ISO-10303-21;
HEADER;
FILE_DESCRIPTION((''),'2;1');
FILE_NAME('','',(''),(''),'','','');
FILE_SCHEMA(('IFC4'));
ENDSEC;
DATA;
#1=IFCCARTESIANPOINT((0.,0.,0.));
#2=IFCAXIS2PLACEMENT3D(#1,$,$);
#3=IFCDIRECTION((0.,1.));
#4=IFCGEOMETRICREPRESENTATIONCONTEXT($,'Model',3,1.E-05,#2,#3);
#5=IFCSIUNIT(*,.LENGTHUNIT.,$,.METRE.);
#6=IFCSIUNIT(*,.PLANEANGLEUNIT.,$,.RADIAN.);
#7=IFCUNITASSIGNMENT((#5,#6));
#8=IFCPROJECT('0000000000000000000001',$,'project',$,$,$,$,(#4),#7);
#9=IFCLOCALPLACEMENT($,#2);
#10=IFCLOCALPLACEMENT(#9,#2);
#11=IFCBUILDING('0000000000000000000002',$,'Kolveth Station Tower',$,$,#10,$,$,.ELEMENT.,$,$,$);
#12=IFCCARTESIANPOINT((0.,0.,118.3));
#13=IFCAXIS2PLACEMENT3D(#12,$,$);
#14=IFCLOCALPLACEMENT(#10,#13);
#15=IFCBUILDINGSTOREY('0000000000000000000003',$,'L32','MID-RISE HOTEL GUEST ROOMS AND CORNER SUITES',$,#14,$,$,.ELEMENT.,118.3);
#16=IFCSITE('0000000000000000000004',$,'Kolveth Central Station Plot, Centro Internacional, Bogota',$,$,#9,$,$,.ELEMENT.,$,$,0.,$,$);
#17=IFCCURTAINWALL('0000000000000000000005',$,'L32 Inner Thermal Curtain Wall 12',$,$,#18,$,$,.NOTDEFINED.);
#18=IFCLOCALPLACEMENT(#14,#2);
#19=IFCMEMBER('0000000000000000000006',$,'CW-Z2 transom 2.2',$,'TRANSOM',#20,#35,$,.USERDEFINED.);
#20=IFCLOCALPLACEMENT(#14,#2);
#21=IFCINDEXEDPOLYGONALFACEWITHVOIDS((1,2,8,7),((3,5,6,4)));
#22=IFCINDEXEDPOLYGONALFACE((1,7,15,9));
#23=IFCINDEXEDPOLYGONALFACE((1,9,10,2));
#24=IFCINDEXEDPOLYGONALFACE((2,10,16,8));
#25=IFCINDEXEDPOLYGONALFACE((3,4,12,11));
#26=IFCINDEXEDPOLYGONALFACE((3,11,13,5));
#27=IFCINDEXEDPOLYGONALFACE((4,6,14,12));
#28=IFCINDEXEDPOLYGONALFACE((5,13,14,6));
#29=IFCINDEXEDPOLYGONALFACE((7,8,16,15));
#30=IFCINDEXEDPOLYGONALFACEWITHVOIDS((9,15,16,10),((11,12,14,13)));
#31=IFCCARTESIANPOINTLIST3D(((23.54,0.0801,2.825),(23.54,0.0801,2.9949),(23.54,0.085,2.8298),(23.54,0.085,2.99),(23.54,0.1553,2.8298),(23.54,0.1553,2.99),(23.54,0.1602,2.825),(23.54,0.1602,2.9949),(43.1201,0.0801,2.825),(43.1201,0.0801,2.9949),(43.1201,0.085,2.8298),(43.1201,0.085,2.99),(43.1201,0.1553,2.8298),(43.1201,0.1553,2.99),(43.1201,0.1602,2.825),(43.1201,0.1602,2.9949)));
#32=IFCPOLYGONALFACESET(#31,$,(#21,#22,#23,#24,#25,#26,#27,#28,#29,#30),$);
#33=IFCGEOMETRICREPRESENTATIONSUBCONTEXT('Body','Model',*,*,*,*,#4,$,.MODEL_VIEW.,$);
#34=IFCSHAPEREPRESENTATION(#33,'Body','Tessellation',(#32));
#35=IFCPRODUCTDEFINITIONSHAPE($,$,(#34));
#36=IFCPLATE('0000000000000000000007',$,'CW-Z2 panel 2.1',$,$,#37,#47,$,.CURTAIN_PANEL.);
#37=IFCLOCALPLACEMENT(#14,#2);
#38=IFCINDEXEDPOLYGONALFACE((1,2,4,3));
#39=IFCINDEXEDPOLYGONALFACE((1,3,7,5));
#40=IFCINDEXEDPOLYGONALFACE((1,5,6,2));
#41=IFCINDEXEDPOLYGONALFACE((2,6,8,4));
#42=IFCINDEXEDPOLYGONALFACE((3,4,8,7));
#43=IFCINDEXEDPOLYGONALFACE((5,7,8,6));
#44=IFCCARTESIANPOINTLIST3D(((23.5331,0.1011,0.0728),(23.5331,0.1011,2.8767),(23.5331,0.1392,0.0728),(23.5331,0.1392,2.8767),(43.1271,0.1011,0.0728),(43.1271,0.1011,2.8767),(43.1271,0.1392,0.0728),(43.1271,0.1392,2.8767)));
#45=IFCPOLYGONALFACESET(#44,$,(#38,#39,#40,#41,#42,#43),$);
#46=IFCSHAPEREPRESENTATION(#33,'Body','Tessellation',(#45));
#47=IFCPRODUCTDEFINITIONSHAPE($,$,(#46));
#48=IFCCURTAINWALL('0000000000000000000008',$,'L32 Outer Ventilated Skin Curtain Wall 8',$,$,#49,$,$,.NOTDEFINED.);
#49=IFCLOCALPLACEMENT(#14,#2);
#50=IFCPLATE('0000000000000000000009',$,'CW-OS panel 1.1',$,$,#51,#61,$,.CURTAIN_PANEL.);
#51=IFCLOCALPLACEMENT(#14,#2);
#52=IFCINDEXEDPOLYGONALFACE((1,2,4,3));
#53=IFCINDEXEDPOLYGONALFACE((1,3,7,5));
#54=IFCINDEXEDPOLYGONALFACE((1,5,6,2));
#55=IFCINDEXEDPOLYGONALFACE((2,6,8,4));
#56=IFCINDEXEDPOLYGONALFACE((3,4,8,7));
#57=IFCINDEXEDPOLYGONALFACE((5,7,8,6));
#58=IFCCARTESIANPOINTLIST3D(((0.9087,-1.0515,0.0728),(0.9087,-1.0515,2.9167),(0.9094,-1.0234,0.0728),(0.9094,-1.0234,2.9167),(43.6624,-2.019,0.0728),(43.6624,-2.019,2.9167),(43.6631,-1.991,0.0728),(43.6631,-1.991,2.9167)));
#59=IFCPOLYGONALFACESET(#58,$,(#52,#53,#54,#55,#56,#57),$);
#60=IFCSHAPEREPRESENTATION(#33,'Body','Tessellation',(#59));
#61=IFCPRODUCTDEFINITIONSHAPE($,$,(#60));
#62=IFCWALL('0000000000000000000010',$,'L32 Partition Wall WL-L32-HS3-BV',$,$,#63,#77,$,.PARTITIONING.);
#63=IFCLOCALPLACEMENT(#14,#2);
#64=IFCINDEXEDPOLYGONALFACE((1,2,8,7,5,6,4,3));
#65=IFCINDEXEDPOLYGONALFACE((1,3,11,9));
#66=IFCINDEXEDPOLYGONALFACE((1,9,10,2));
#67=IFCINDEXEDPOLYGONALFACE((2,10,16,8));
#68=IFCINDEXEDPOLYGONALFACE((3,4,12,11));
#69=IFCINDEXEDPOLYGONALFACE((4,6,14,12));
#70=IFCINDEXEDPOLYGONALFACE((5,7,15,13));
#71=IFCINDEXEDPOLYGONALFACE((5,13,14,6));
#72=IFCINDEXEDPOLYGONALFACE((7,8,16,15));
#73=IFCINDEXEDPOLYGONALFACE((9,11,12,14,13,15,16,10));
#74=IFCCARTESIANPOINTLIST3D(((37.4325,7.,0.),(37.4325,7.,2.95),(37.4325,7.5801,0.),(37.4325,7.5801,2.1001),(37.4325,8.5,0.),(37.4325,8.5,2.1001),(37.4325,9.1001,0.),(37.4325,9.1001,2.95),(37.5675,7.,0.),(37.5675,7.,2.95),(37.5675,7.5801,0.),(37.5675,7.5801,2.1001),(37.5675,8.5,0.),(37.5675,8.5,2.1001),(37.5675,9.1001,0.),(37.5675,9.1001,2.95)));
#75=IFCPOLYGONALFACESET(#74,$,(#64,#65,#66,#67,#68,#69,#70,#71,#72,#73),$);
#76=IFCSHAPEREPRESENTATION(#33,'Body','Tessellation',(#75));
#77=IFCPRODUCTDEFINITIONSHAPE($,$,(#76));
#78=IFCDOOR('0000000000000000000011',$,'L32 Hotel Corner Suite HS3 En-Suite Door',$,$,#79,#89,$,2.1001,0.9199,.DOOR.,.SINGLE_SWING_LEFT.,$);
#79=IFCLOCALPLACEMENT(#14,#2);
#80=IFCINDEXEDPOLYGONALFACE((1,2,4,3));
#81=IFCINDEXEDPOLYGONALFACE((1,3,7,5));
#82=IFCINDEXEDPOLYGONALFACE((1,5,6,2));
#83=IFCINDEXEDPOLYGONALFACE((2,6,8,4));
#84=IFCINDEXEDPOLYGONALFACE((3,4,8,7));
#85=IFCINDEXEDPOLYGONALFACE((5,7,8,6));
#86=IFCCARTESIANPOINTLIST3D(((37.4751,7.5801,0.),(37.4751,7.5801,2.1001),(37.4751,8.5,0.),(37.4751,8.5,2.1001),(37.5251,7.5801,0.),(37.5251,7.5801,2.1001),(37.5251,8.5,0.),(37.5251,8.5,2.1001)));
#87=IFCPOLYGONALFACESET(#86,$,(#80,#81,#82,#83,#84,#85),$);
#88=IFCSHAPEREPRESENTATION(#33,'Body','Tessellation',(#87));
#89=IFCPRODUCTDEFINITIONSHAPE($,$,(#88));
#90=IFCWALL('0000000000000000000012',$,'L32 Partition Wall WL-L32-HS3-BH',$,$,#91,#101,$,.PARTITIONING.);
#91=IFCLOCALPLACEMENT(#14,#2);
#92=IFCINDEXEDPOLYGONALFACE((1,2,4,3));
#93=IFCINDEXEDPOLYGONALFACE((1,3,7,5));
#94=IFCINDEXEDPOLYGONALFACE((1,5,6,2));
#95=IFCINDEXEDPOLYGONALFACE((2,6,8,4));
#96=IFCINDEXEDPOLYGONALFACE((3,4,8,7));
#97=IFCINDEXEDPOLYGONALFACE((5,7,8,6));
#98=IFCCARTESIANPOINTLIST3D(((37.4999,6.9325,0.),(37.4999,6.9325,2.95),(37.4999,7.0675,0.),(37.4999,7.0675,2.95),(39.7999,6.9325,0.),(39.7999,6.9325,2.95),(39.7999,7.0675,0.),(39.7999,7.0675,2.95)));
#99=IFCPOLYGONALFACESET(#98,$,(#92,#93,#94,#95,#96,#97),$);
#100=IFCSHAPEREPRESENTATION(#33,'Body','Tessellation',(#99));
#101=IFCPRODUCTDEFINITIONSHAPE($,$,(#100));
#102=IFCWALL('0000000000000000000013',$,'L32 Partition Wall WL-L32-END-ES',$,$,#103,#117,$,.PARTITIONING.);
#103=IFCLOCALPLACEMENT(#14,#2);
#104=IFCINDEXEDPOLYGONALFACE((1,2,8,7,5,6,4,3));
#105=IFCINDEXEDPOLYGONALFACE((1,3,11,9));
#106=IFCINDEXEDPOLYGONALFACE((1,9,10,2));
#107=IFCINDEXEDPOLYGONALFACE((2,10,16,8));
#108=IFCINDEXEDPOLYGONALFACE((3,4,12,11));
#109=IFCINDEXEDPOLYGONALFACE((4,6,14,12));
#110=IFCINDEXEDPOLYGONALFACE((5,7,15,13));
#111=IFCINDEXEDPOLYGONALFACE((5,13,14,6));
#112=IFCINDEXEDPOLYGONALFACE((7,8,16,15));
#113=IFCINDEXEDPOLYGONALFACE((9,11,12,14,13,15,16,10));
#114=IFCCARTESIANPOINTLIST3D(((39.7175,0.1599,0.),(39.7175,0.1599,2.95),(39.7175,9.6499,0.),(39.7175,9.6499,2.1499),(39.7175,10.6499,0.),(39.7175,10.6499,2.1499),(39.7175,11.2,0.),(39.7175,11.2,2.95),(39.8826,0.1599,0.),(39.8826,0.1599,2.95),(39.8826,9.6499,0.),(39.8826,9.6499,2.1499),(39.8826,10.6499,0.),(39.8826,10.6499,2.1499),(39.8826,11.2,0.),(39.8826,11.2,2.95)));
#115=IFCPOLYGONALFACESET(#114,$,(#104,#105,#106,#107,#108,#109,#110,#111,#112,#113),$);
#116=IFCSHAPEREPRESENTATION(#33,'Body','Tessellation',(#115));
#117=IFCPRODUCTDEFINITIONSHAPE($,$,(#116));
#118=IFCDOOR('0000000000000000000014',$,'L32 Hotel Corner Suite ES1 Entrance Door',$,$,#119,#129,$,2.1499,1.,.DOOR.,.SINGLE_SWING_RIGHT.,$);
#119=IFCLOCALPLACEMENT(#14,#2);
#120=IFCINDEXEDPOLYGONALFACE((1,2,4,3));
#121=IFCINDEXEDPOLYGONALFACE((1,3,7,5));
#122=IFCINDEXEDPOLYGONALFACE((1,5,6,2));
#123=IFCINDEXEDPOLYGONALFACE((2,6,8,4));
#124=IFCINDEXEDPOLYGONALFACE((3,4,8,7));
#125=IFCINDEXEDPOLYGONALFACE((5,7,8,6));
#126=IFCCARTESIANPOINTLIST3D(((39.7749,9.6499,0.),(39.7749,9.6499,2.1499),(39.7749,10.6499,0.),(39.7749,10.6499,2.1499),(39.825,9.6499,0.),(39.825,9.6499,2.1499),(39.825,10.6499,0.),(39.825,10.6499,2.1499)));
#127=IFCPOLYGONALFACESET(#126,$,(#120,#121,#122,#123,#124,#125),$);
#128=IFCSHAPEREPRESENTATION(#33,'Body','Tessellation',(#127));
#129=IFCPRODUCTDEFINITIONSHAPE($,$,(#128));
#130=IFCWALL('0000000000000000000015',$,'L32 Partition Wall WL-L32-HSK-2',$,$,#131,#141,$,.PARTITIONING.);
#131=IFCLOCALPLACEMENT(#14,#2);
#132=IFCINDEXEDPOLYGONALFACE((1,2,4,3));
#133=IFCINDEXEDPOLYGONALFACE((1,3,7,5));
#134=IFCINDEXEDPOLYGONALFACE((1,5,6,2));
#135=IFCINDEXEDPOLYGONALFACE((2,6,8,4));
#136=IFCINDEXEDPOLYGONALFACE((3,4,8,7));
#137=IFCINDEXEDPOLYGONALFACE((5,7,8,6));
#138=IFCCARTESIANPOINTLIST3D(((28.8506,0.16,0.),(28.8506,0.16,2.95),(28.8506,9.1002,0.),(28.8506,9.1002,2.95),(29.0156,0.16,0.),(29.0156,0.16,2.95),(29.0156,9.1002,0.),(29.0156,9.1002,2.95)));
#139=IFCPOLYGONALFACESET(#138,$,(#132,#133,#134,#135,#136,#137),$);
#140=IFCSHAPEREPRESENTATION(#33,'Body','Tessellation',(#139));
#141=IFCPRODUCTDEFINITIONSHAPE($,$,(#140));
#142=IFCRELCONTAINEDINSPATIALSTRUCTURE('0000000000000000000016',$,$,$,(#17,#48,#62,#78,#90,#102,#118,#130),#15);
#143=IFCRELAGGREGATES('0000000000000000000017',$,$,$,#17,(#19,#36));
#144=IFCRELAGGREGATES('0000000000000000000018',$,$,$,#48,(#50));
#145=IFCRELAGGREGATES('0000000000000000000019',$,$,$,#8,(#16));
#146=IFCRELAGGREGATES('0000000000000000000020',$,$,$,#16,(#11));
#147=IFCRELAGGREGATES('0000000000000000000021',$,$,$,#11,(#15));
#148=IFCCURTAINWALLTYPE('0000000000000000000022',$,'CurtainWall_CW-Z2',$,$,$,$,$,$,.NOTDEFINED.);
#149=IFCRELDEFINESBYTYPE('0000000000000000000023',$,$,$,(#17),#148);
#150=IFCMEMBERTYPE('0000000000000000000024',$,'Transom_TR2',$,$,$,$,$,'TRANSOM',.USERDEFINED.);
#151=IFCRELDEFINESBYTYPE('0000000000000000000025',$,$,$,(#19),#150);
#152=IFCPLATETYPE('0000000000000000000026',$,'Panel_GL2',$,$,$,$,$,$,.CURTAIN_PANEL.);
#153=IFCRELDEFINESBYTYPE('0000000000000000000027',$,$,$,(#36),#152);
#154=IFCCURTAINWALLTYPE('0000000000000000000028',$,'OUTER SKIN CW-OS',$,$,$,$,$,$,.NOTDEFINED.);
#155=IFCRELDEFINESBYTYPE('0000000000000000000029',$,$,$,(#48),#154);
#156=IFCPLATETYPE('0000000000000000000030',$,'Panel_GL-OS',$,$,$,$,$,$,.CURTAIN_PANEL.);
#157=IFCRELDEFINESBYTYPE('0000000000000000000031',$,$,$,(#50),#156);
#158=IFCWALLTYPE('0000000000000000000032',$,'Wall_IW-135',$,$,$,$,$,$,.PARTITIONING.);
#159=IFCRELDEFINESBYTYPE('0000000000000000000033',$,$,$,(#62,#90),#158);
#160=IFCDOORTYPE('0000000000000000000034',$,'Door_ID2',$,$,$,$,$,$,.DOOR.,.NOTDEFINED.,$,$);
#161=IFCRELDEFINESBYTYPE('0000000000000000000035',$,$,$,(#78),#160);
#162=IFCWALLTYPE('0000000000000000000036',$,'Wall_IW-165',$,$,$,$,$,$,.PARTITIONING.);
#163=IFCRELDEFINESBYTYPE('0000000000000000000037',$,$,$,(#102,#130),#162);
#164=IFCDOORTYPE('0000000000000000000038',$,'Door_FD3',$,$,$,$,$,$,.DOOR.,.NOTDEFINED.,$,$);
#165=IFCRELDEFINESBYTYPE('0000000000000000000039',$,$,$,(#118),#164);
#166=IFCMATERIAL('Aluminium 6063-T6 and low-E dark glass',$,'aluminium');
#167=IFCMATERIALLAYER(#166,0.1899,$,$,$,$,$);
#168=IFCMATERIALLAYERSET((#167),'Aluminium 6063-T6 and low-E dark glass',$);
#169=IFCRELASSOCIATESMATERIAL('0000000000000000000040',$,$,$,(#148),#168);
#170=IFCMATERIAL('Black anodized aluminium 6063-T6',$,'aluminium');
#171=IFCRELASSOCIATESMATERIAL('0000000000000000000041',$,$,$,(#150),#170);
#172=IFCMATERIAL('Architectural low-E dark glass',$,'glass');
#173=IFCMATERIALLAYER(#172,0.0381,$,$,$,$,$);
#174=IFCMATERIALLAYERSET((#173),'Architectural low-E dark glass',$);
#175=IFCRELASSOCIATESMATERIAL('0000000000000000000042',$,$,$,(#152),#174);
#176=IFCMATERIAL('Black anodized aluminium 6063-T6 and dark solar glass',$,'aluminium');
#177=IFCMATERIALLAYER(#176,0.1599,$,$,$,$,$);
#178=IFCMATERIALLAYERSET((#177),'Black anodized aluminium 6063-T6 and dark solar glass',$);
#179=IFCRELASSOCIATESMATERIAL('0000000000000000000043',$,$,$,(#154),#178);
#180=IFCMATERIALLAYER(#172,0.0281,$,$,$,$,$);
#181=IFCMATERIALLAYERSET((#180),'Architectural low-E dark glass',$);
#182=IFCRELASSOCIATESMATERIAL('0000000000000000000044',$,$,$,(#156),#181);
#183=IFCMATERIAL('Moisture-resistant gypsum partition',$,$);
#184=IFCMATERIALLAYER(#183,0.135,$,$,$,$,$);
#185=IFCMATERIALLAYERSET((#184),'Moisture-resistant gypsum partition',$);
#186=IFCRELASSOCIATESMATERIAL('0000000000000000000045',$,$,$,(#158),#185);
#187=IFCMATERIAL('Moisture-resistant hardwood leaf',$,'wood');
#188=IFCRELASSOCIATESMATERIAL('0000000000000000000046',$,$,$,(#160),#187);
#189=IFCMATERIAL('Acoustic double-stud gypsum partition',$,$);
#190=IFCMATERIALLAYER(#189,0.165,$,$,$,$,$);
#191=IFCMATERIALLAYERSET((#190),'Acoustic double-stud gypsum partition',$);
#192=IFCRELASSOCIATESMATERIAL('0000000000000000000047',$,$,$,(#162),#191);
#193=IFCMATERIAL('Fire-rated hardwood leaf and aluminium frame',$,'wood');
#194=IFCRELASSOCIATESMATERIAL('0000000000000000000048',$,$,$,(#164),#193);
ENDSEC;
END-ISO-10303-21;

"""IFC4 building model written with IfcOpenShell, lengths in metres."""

from ifc_helpers import new_model, si_unit, direction, frame, frame_2d, origin, origin_2d, place, context, subcontext, project, spatial, rectangle, hollow_rectangle, extrude, source, transform, mapped, material, layer, layer_set, material_profile, profile_set, type_object, element, fill, aggregate, save


model = new_model("IFC4")

# Units and contexts
model_context = context("Model", 3, precision=1e-05, world=origin(), true_north=direction((0.0, 1.0)))
body_context = subcontext(model_context, "Body", "Model", "MODEL_VIEW")
ifc_project = project(units=[si_unit("LENGTHUNIT", "METRE"), si_unit("PLANEANGLEUNIT", "RADIAN")], contexts=[model_context])

# Site, building, storey
site_placement = place(None, origin())
site = spatial("IfcSite", under=ifc_project, at=site_placement, Name="Kolveth Central Station Plot, Centro Internacional, Bogota", CompositionType="ELEMENT", RefElevation=0.0)
building_placement = place(site_placement, origin())
building = spatial("IfcBuilding", under=site, at=building_placement, Name="Kolveth Station Tower", CompositionType="ELEMENT")
storey_placement = place(building_placement, frame((0.0, 0.0, 118.3)))
storey = spatial("IfcBuildingStorey", under=building, at=storey_placement, Name="L32", Description="MID-RISE HOTEL GUEST ROOMS AND CORNER SUITES", CompositionType="ELEMENT", Elevation=118.3)

# Curtain wall, member, plate
ifc_material_1 = material(Name="Aluminium 6063-T6 and low-E dark glass", Category="aluminium")
ifc_layer_1 = layer(ifc_material_1, 0.1899)
ifc_layer_set_1 = layer_set([ifc_layer_1], Name="Aluminium 6063-T6 and low-E dark glass")
curtain_wall_type_1 = type_object("IfcCurtainWallType", Name="CurtainWall_CW-Z2", PredefinedType="NOTDEFINED", material=ifc_layer_set_1)
curtain_wall_1_placement = place(storey_placement, origin())
curtain_wall_1 = element("IfcCurtainWall", 1, at=curtain_wall_1_placement, inside=storey, type_object=curtain_wall_type_1, Name="L32 Inner Thermal Curtain Wall 12", PredefinedType="NOTDEFINED")
ifc_material_2 = material(Name="Black anodized aluminium 6063-T6", Category="aluminium")
ifc_material_profile_1 = material_profile(ifc_material_2, hollow_rectangle(XDim=0.0801, YDim=0.1699, WallThickness=0.0049, at=origin_2d()), Name="ALU-80x170x5")
ifc_profile_set_1 = profile_set([ifc_material_profile_1], Name="Black anodized aluminium 6063-T6")
member_type_1 = type_object("IfcMemberType", Name="Transom_TR2", ElementType="TRANSOM", PredefinedType="USERDEFINED", material=ifc_profile_set_1)
shared_shape_1 = source(origin(), body_context, "Body", "SweptSolid", [
    extrude(hollow_rectangle(XDim=0.0801, YDim=0.1699, WallThickness=0.0049, at=origin_2d()), origin(), (0.0, 0.0, 1.0), 19.5801),
])
member_1_placement = place(storey_placement, frame((23.54, 0.1201, 2.9099), z_axis=(1.0, 0.0, 0.0), x_axis=(0.0, 1.0, 0.0)))
member_1 = element("IfcMember", 2, at=member_1_placement, type_object=member_type_1, Name="CW-Z2 transom 2.2", ObjectType="TRANSOM", PredefinedType="USERDEFINED", context=body_context, shape_type="MappedRepresentation", body=[
    mapped(shared_shape_1, transform((0.0, 0.0, 0.0), x_axis=(1.0, 0.0, 0.0), y_axis=(0.0, 1.0, 0.0), z_axis=(0.0, 0.0, 1.0), scale=1.0)),
])
ifc_material_3 = material(Name="Architectural low-E dark glass", Category="glass")
ifc_layer_2 = layer(ifc_material_3, 0.0381)
ifc_layer_set_2 = layer_set([ifc_layer_2], Name="Architectural low-E dark glass")
plate_type_1 = type_object("IfcPlateType", Name="Panel_GL2", PredefinedType="CURTAIN_PANEL", material=ifc_layer_set_2)
shared_shape_2 = source(origin(), body_context, "Body", "SweptSolid", [
    extrude(rectangle(XDim=19.594, YDim=0.0381, at=origin_2d()), origin(), (0.0, 0.0, 1.0), 2.804),
])
plate_1_placement = place(storey_placement, frame((33.3301, 0.1201, 0.0728), z_axis=(0.0, 0.0, 1.0), x_axis=(1.0, 0.0, 0.0)))
plate_1 = element("IfcPlate", 3, at=plate_1_placement, type_object=plate_type_1, Name="CW-Z2 panel 2.1", PredefinedType="CURTAIN_PANEL", context=body_context, shape_type="MappedRepresentation", body=[
    mapped(shared_shape_2, transform((0.0, 0.0, 0.0), x_axis=(1.0, 0.0, 0.0), y_axis=(0.0, 1.0, 0.0), z_axis=(0.0, 0.0, 1.0), scale=1.0)),
])
aggregate(curtain_wall_1, [member_1, plate_1])

# Curtain wall, plate
ifc_material_4 = material(Name="Black anodized aluminium 6063-T6 and dark solar glass", Category="aluminium")
ifc_layer_3 = layer(ifc_material_4, 0.1599)
ifc_layer_set_3 = layer_set([ifc_layer_3], Name="Black anodized aluminium 6063-T6 and dark solar glass")
curtain_wall_type_2 = type_object("IfcCurtainWallType", Name="OUTER SKIN CW-OS", PredefinedType="NOTDEFINED", material=ifc_layer_set_3)
curtain_wall_2_placement = place(storey_placement, origin())
curtain_wall_2 = element("IfcCurtainWall", 4, at=curtain_wall_2_placement, inside=storey, type_object=curtain_wall_type_2, Name="L32 Outer Ventilated Skin Curtain Wall 8", PredefinedType="NOTDEFINED")
ifc_layer_4 = layer(ifc_material_3, 0.0281)
ifc_layer_set_4 = layer_set([ifc_layer_4], Name="Architectural low-E dark glass")
plate_type_2 = type_object("IfcPlateType", Name="Panel_GL-OS", PredefinedType="CURTAIN_PANEL", material=ifc_layer_set_4)
shared_shape_3 = source(origin(), body_context, "Body", "SweptSolid", [
    extrude(rectangle(XDim=42.7646, YDim=0.0281, at=origin_2d()), origin(), (0.0, 0.0, 1.0), 2.844),
])
plate_2_placement = place(storey_placement, frame((22.2859, -1.5212, 0.0728), z_axis=(0.0, 0.0, 1.0), x_axis=(0.999744, -0.022625, 0.0)))
plate_2 = element("IfcPlate", 5, at=plate_2_placement, type_object=plate_type_2, Name="CW-OS panel 1.1", PredefinedType="CURTAIN_PANEL", context=body_context, shape_type="MappedRepresentation", body=[
    mapped(shared_shape_3, transform((0.0, 0.0, 0.0), x_axis=(1.0, 0.0, 0.0), y_axis=(0.0, 1.0, 0.0), z_axis=(0.0, 0.0, 1.0), scale=1.0)),
])
aggregate(curtain_wall_2, [plate_2])

# Wall, opening, door
ifc_material_5 = material(Name="Moisture-resistant gypsum partition")
ifc_layer_5 = layer(ifc_material_5, 0.135)
ifc_layer_set_5 = layer_set([ifc_layer_5], Name="Moisture-resistant gypsum partition")
wall_type_1 = type_object("IfcWallType", Name="Wall_IW-135", PredefinedType="PARTITIONING", material=ifc_layer_set_5)
wall_1_placement = place(storey_placement, frame((37.5, 7.0, 0.0), z_axis=(0.0, 0.0, 1.0), x_axis=(0.0, 1.0, 0.0)))
wall_1 = element("IfcWall", 6, at=wall_1_placement, inside=storey, type_object=wall_type_1, Name="L32 Partition Wall WL-L32-HS3-BV", PredefinedType="PARTITIONING", context=body_context, shape_type="SweptSolid", body=[
    extrude(rectangle(XDim=2.1001, YDim=0.135, at=frame_2d((1.05, 0.0))), origin(), (0.0, 0.0, 1.0), 2.95),
])
opening_1_placement = place(wall_1_placement, frame((0.5801, 0.0, 0.0)))
opening_1 = element("IfcOpeningElement", 7, at=opening_1_placement, cuts=wall_1, PredefinedType="OPENING", context=body_context, shape_type="SweptSolid", body=[
    extrude(rectangle(XDim=0.9199, YDim=2.1001, at=frame_2d((0.46, 1.05))), frame((0.0, 0.0774, 0.0), z_axis=(0.0, -1.0, 0.0), x_axis=(1.0, 0.0, 0.0)), (0.0, 0.0, 1.0), 0.155),
])
ifc_material_6 = material(Name="Moisture-resistant hardwood leaf", Category="wood")
door_type_1 = type_object("IfcDoorType", Name="Door_ID2", OperationType="NOTDEFINED", PredefinedType="DOOR", material=ifc_material_6)
door_1_placement = place(opening_1_placement, origin())
door_1 = element("IfcDoor", 8, at=door_1_placement, inside=storey, type_object=door_type_1, Name="L32 Hotel Corner Suite HS3 En-Suite Door", OperationType="SINGLE_SWING_LEFT", OverallHeight=2.1001, OverallWidth=0.9199, PredefinedType="DOOR", context=body_context, shape_type="SweptSolid", body=[
    extrude(rectangle(XDim=0.9199, YDim=2.1001, at=frame_2d((0.46, 1.05))), frame((0.0, 0.0249, 0.0), z_axis=(0.0, -1.0, 0.0), x_axis=(1.0, 0.0, 0.0)), (0.0, 0.0, 1.0), 0.05),
])
fill(opening_1, door_1)

# Wall
wall_2_placement = place(storey_placement, frame((37.5, 7.0, 0.0), z_axis=(0.0, 0.0, 1.0), x_axis=(1.0, 0.0, 0.0)))
element("IfcWall", 9, at=wall_2_placement, inside=storey, type_object=wall_type_1, Name="L32 Partition Wall WL-L32-HS3-BH", PredefinedType="PARTITIONING", context=body_context, shape_type="SweptSolid", body=[
    extrude(rectangle(XDim=2.3, YDim=0.135, at=frame_2d((1.1499, 0.0))), origin(), (0.0, 0.0, 1.0), 2.95),
])

# Wall, opening, door
ifc_material_7 = material(Name="Acoustic double-stud gypsum partition")
ifc_layer_6 = layer(ifc_material_7, 0.165)
ifc_layer_set_6 = layer_set([ifc_layer_6], Name="Acoustic double-stud gypsum partition")
wall_type_2 = type_object("IfcWallType", Name="Wall_IW-165", PredefinedType="PARTITIONING", material=ifc_layer_set_6)
wall_3_placement = place(storey_placement, frame((39.8, 0.1599, 0.0), z_axis=(0.0, 0.0, 1.0), x_axis=(0.0, 1.0, 0.0)))
wall_3 = element("IfcWall", 10, at=wall_3_placement, inside=storey, type_object=wall_type_2, Name="L32 Partition Wall WL-L32-END-ES", PredefinedType="PARTITIONING", context=body_context, shape_type="SweptSolid", body=[
    extrude(rectangle(XDim=11.04, YDim=0.165, at=frame_2d((5.52, 0.0))), origin(), (0.0, 0.0, 1.0), 2.95),
])
opening_2_placement = place(wall_3_placement, frame((9.49, 0.0, 0.0)))
opening_2 = element("IfcOpeningElement", 11, at=opening_2_placement, cuts=wall_3, PredefinedType="OPENING", context=body_context, shape_type="SweptSolid", body=[
    extrude(rectangle(XDim=1.0, YDim=2.1499, at=frame_2d((0.5, 1.075))), frame((0.0, 0.0925, 0.0), z_axis=(0.0, -1.0, 0.0), x_axis=(1.0, 0.0, 0.0)), (0.0, 0.0, 1.0), 0.1851),
])
ifc_material_8 = material(Name="Fire-rated hardwood leaf and aluminium frame", Category="wood")
door_type_2 = type_object("IfcDoorType", Name="Door_FD3", OperationType="NOTDEFINED", PredefinedType="DOOR", material=ifc_material_8)
door_2_placement = place(opening_2_placement, frame((1.0, 0.0, 0.0), z_axis=(0.0, 0.0, 1.0), x_axis=(-1.0, 0.0, 0.0)))
door_2 = element("IfcDoor", 12, at=door_2_placement, inside=storey, type_object=door_type_2, Name="L32 Hotel Corner Suite ES1 Entrance Door", OperationType="SINGLE_SWING_RIGHT", OverallHeight=2.1499, OverallWidth=1.0, PredefinedType="DOOR", context=body_context, shape_type="SweptSolid", body=[
    extrude(rectangle(XDim=1.0, YDim=2.1499, at=frame_2d((0.5, 1.075))), frame((0.0, 0.0249, 0.0), z_axis=(0.0, -1.0, 0.0), x_axis=(1.0, 0.0, 0.0)), (0.0, 0.0, 1.0), 0.05),
])
fill(opening_2, door_2)

# Wall
wall_4_placement = place(storey_placement, frame((28.9331, 0.1599, 0.0), z_axis=(0.0, 0.0, 1.0), x_axis=(0.0, 1.0, 0.0)))
element("IfcWall", 13, at=wall_4_placement, inside=storey, type_object=wall_type_2, Name="L32 Partition Wall WL-L32-HSK-2", PredefinedType="PARTITIONING", context=body_context, shape_type="SweptSolid", body=[
    extrude(rectangle(XDim=8.9402, YDim=0.165, at=frame_2d((4.4702, 0.0))), origin(), (0.0, 0.0, 1.0), 2.95),
])

save(model, "model.ifc")
